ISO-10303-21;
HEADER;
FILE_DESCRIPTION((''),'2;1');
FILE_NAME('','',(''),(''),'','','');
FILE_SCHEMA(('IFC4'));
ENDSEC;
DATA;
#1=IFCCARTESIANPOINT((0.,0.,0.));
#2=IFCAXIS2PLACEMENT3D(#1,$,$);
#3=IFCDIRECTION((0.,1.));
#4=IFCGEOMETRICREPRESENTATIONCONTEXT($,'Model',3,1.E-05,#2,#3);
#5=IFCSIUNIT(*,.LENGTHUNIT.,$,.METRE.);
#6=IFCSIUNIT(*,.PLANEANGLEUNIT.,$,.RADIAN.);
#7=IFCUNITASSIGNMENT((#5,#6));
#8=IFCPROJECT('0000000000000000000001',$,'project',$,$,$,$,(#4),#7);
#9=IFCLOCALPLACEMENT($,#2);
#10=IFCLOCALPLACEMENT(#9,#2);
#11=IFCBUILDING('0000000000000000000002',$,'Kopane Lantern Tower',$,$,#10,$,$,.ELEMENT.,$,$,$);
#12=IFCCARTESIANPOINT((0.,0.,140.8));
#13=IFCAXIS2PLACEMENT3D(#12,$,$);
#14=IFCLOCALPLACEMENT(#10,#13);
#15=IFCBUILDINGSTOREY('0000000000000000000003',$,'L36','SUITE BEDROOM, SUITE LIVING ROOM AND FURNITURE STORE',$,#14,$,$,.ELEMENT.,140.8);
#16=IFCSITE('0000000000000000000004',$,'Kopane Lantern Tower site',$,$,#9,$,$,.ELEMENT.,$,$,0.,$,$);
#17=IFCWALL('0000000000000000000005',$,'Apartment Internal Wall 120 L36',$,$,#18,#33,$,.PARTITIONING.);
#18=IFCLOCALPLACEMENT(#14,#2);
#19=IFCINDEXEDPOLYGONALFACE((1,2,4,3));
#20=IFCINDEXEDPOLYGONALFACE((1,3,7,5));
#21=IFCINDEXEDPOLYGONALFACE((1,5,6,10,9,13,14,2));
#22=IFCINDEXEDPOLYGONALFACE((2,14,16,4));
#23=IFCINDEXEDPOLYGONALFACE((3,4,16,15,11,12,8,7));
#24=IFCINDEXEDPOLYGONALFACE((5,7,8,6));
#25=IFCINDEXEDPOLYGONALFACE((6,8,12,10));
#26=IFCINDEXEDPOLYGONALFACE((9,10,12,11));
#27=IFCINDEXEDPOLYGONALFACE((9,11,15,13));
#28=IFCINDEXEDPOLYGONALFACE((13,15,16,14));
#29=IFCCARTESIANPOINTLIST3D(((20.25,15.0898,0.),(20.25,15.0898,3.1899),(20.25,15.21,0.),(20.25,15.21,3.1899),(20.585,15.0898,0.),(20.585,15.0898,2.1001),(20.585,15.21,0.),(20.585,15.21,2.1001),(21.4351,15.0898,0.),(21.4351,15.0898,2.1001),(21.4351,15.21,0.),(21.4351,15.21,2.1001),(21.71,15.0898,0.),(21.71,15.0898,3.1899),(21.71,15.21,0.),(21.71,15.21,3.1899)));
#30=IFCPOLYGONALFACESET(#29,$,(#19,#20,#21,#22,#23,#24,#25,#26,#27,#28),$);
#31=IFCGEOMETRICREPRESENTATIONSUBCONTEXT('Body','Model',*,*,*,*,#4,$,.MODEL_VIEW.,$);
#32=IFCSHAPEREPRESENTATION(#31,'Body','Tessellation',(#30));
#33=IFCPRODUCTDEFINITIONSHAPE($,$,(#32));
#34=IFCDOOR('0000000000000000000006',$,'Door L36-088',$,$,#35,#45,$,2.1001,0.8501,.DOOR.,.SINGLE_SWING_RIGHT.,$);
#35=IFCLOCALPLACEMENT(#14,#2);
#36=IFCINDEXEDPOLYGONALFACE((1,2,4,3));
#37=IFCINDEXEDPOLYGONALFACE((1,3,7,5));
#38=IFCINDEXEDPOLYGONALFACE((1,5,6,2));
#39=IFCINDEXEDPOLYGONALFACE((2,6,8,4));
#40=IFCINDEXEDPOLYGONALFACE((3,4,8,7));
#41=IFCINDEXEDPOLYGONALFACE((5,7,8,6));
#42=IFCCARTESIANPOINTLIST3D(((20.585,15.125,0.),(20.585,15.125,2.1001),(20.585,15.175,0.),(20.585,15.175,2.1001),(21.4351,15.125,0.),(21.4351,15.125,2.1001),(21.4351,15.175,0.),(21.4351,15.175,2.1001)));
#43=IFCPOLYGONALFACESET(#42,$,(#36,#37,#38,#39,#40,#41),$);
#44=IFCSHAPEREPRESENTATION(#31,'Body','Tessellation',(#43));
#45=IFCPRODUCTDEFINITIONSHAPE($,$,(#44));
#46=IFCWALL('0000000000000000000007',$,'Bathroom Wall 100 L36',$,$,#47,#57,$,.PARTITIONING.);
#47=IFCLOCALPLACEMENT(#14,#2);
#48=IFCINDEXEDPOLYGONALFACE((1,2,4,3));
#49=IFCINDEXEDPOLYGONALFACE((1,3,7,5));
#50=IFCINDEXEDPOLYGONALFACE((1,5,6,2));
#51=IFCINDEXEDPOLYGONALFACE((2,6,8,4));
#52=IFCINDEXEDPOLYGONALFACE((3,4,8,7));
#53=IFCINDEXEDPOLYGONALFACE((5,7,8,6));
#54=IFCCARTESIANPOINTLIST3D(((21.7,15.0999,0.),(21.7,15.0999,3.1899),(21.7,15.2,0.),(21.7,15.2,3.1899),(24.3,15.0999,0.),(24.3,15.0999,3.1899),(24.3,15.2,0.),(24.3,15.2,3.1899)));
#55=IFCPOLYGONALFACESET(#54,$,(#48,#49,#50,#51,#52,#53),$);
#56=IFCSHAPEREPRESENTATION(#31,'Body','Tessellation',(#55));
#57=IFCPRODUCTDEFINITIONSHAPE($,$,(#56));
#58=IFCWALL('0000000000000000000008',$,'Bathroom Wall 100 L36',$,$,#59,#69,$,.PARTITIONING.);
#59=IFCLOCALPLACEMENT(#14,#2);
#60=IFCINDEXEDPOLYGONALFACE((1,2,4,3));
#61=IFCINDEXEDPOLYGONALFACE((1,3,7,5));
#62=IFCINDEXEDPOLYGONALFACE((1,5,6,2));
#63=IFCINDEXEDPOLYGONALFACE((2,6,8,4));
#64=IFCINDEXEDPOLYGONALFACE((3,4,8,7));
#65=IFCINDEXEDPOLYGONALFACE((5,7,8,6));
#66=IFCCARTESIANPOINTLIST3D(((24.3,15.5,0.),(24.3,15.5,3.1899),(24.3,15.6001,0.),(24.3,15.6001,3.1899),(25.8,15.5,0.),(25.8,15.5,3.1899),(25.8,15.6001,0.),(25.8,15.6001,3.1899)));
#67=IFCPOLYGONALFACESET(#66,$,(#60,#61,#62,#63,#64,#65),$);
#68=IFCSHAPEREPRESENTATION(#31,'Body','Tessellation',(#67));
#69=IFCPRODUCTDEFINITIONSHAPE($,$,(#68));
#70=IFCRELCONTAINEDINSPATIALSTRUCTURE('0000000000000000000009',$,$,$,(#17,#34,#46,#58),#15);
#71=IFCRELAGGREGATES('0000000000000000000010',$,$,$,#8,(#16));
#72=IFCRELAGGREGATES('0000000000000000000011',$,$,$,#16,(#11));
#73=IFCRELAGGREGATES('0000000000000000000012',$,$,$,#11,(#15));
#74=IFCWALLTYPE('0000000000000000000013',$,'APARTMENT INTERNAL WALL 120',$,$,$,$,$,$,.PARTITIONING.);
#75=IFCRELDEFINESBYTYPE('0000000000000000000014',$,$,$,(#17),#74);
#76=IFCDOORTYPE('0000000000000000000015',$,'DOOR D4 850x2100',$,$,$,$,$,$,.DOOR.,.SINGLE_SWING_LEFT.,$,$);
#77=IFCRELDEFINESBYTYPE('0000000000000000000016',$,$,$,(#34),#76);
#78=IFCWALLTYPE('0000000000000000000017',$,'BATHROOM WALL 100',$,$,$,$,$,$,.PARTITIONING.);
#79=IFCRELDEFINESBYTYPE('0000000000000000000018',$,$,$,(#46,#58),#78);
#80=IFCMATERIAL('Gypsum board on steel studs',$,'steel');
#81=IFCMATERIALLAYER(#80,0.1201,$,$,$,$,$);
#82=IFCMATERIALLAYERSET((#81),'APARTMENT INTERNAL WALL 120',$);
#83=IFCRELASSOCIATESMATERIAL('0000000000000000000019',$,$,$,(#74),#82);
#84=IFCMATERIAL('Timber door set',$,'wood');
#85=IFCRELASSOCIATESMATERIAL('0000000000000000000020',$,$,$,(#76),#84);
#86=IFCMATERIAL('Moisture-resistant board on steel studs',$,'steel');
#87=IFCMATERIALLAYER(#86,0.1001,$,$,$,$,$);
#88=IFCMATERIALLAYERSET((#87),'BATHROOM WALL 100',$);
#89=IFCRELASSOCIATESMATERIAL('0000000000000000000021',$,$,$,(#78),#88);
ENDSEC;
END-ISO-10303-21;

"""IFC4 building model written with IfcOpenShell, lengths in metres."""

from ifc_helpers import new_model, si_unit, direction, frame, frame_2d, origin, place, context, subcontext, project, spatial, rectangle, extrude, material, layer, layer_set, type_object, element, fill, save


model = new_model("IFC4")

# Units and contexts
model_context = context("Model", 3, precision=1e-05, world=origin(), true_north=direction((0.0, 1.0)))
body_context = subcontext(model_context, "Body", "Model", "MODEL_VIEW")
ifc_project = project(units=[si_unit("LENGTHUNIT", "METRE"), si_unit("PLANEANGLEUNIT", "RADIAN")], contexts=[model_context])

# Site, building, storey
site_placement = place(None, origin())
site = spatial("IfcSite", under=ifc_project, at=site_placement, Name="Kopane Lantern Tower site", CompositionType="ELEMENT", RefElevation=0.0)
building_placement = place(site_placement, origin())
building = spatial("IfcBuilding", under=site, at=building_placement, Name="Kopane Lantern Tower", CompositionType="ELEMENT")
storey_placement = place(building_placement, frame((0.0, 0.0, 140.8)))
storey = spatial("IfcBuildingStorey", under=building, at=storey_placement, Name="L36", Description="SUITE BEDROOM, SUITE LIVING ROOM AND FURNITURE STORE", CompositionType="ELEMENT", Elevation=140.8)

# Wall, opening, door
ifc_material_1 = material(Name="Gypsum board on steel studs", Category="steel")
ifc_layer_1 = layer(ifc_material_1, 0.1201)
ifc_layer_set_1 = layer_set([ifc_layer_1], Name="APARTMENT INTERNAL WALL 120")
wall_type_1 = type_object("IfcWallType", Name="APARTMENT INTERNAL WALL 120", PredefinedType="PARTITIONING", material=ifc_layer_set_1)
ifc_material_2 = material(Name="Timber door set", Category="wood")
door_type = type_object("IfcDoorType", Name="DOOR D4 850x2100", OperationType="SINGLE_SWING_LEFT", PredefinedType="DOOR", material=ifc_material_2)
wall_1_placement = place(storey_placement, frame((21.71, 15.1499, 0.0), z_axis=(0.0, 0.0, 1.0), x_axis=(-1.0, 0.0, 0.0)))
wall_1 = element("IfcWall", 1, at=wall_1_placement, inside=storey, type_object=wall_type_1, Name="Apartment Internal Wall 120 L36", PredefinedType="PARTITIONING", context=body_context, shape_type="SweptSolid", body=[
    extrude(rectangle(XDim=1.46, YDim=0.1201, at=frame_2d((0.73, 0.0))), origin(), (0.0, 0.0, 1.0), 3.1899),
])
opening_1_placement = place(wall_1_placement, frame((0.2749, 0.0, 0.0)))
opening_1 = element("IfcOpeningElement", 2, at=opening_1_placement, cuts=wall_1, PredefinedType="OPENING", context=body_context, shape_type="SweptSolid", body=[
    extrude(rectangle(XDim=0.8501, YDim=2.1001, at=frame_2d((0.425, 1.05))), frame((0.0, 0.0701, 0.0), z_axis=(0.0, -1.0, 0.0), x_axis=(1.0, 0.0, 0.0)), (0.0, 0.0, 1.0), 0.1401),
])
door_1_placement = place(opening_1_placement, origin())
door_1 = element("IfcDoor", 3, at=door_1_placement, inside=storey, type_object=door_type, Name="Door L36-088", OperationType="SINGLE_SWING_RIGHT", OverallHeight=2.1001, OverallWidth=0.8501, PredefinedType="DOOR", context=body_context, shape_type="SweptSolid", body=[
    extrude(rectangle(XDim=0.8501, YDim=2.1001, at=frame_2d((0.425, 1.05))), frame((0.0, 0.0249, 0.0), z_axis=(0.0, -1.0, 0.0), x_axis=(1.0, 0.0, 0.0)), (0.0, 0.0, 1.0), 0.05),
])
fill(opening_1, door_1)

# Walls
ifc_material_3 = material(Name="Moisture-resistant board on steel studs", Category="steel")
ifc_layer_2 = layer(ifc_material_3, 0.1001)
ifc_layer_set_2 = layer_set([ifc_layer_2], Name="BATHROOM WALL 100")
wall_type_2 = type_object("IfcWallType", Name="BATHROOM WALL 100", PredefinedType="PARTITIONING", material=ifc_layer_set_2)
wall_2_placement = place(storey_placement, frame((21.7, 15.1499, 0.0), z_axis=(0.0, 0.0, 1.0), x_axis=(1.0, 0.0, 0.0)))
element("IfcWall", 4, at=wall_2_placement, inside=storey, type_object=wall_type_2, Name="Bathroom Wall 100 L36", PredefinedType="PARTITIONING", context=body_context, shape_type="SweptSolid", body=[
    extrude(rectangle(XDim=2.6001, YDim=0.1001, at=frame_2d((1.3, 0.0))), origin(), (0.0, 0.0, 1.0), 3.1899),
])
wall_3_placement = place(storey_placement, frame((24.3, 15.55, 0.0), z_axis=(0.0, 0.0, 1.0), x_axis=(1.0, 0.0, 0.0)))
element("IfcWall", 5, at=wall_3_placement, inside=storey, type_object=wall_type_2, Name="Bathroom Wall 100 L36", PredefinedType="PARTITIONING", context=body_context, shape_type="SweptSolid", body=[
    extrude(rectangle(XDim=1.5, YDim=0.1001, at=frame_2d((0.75, 0.0))), origin(), (0.0, 0.0, 1.0), 3.1899),
])

save(model, "model.ifc")
